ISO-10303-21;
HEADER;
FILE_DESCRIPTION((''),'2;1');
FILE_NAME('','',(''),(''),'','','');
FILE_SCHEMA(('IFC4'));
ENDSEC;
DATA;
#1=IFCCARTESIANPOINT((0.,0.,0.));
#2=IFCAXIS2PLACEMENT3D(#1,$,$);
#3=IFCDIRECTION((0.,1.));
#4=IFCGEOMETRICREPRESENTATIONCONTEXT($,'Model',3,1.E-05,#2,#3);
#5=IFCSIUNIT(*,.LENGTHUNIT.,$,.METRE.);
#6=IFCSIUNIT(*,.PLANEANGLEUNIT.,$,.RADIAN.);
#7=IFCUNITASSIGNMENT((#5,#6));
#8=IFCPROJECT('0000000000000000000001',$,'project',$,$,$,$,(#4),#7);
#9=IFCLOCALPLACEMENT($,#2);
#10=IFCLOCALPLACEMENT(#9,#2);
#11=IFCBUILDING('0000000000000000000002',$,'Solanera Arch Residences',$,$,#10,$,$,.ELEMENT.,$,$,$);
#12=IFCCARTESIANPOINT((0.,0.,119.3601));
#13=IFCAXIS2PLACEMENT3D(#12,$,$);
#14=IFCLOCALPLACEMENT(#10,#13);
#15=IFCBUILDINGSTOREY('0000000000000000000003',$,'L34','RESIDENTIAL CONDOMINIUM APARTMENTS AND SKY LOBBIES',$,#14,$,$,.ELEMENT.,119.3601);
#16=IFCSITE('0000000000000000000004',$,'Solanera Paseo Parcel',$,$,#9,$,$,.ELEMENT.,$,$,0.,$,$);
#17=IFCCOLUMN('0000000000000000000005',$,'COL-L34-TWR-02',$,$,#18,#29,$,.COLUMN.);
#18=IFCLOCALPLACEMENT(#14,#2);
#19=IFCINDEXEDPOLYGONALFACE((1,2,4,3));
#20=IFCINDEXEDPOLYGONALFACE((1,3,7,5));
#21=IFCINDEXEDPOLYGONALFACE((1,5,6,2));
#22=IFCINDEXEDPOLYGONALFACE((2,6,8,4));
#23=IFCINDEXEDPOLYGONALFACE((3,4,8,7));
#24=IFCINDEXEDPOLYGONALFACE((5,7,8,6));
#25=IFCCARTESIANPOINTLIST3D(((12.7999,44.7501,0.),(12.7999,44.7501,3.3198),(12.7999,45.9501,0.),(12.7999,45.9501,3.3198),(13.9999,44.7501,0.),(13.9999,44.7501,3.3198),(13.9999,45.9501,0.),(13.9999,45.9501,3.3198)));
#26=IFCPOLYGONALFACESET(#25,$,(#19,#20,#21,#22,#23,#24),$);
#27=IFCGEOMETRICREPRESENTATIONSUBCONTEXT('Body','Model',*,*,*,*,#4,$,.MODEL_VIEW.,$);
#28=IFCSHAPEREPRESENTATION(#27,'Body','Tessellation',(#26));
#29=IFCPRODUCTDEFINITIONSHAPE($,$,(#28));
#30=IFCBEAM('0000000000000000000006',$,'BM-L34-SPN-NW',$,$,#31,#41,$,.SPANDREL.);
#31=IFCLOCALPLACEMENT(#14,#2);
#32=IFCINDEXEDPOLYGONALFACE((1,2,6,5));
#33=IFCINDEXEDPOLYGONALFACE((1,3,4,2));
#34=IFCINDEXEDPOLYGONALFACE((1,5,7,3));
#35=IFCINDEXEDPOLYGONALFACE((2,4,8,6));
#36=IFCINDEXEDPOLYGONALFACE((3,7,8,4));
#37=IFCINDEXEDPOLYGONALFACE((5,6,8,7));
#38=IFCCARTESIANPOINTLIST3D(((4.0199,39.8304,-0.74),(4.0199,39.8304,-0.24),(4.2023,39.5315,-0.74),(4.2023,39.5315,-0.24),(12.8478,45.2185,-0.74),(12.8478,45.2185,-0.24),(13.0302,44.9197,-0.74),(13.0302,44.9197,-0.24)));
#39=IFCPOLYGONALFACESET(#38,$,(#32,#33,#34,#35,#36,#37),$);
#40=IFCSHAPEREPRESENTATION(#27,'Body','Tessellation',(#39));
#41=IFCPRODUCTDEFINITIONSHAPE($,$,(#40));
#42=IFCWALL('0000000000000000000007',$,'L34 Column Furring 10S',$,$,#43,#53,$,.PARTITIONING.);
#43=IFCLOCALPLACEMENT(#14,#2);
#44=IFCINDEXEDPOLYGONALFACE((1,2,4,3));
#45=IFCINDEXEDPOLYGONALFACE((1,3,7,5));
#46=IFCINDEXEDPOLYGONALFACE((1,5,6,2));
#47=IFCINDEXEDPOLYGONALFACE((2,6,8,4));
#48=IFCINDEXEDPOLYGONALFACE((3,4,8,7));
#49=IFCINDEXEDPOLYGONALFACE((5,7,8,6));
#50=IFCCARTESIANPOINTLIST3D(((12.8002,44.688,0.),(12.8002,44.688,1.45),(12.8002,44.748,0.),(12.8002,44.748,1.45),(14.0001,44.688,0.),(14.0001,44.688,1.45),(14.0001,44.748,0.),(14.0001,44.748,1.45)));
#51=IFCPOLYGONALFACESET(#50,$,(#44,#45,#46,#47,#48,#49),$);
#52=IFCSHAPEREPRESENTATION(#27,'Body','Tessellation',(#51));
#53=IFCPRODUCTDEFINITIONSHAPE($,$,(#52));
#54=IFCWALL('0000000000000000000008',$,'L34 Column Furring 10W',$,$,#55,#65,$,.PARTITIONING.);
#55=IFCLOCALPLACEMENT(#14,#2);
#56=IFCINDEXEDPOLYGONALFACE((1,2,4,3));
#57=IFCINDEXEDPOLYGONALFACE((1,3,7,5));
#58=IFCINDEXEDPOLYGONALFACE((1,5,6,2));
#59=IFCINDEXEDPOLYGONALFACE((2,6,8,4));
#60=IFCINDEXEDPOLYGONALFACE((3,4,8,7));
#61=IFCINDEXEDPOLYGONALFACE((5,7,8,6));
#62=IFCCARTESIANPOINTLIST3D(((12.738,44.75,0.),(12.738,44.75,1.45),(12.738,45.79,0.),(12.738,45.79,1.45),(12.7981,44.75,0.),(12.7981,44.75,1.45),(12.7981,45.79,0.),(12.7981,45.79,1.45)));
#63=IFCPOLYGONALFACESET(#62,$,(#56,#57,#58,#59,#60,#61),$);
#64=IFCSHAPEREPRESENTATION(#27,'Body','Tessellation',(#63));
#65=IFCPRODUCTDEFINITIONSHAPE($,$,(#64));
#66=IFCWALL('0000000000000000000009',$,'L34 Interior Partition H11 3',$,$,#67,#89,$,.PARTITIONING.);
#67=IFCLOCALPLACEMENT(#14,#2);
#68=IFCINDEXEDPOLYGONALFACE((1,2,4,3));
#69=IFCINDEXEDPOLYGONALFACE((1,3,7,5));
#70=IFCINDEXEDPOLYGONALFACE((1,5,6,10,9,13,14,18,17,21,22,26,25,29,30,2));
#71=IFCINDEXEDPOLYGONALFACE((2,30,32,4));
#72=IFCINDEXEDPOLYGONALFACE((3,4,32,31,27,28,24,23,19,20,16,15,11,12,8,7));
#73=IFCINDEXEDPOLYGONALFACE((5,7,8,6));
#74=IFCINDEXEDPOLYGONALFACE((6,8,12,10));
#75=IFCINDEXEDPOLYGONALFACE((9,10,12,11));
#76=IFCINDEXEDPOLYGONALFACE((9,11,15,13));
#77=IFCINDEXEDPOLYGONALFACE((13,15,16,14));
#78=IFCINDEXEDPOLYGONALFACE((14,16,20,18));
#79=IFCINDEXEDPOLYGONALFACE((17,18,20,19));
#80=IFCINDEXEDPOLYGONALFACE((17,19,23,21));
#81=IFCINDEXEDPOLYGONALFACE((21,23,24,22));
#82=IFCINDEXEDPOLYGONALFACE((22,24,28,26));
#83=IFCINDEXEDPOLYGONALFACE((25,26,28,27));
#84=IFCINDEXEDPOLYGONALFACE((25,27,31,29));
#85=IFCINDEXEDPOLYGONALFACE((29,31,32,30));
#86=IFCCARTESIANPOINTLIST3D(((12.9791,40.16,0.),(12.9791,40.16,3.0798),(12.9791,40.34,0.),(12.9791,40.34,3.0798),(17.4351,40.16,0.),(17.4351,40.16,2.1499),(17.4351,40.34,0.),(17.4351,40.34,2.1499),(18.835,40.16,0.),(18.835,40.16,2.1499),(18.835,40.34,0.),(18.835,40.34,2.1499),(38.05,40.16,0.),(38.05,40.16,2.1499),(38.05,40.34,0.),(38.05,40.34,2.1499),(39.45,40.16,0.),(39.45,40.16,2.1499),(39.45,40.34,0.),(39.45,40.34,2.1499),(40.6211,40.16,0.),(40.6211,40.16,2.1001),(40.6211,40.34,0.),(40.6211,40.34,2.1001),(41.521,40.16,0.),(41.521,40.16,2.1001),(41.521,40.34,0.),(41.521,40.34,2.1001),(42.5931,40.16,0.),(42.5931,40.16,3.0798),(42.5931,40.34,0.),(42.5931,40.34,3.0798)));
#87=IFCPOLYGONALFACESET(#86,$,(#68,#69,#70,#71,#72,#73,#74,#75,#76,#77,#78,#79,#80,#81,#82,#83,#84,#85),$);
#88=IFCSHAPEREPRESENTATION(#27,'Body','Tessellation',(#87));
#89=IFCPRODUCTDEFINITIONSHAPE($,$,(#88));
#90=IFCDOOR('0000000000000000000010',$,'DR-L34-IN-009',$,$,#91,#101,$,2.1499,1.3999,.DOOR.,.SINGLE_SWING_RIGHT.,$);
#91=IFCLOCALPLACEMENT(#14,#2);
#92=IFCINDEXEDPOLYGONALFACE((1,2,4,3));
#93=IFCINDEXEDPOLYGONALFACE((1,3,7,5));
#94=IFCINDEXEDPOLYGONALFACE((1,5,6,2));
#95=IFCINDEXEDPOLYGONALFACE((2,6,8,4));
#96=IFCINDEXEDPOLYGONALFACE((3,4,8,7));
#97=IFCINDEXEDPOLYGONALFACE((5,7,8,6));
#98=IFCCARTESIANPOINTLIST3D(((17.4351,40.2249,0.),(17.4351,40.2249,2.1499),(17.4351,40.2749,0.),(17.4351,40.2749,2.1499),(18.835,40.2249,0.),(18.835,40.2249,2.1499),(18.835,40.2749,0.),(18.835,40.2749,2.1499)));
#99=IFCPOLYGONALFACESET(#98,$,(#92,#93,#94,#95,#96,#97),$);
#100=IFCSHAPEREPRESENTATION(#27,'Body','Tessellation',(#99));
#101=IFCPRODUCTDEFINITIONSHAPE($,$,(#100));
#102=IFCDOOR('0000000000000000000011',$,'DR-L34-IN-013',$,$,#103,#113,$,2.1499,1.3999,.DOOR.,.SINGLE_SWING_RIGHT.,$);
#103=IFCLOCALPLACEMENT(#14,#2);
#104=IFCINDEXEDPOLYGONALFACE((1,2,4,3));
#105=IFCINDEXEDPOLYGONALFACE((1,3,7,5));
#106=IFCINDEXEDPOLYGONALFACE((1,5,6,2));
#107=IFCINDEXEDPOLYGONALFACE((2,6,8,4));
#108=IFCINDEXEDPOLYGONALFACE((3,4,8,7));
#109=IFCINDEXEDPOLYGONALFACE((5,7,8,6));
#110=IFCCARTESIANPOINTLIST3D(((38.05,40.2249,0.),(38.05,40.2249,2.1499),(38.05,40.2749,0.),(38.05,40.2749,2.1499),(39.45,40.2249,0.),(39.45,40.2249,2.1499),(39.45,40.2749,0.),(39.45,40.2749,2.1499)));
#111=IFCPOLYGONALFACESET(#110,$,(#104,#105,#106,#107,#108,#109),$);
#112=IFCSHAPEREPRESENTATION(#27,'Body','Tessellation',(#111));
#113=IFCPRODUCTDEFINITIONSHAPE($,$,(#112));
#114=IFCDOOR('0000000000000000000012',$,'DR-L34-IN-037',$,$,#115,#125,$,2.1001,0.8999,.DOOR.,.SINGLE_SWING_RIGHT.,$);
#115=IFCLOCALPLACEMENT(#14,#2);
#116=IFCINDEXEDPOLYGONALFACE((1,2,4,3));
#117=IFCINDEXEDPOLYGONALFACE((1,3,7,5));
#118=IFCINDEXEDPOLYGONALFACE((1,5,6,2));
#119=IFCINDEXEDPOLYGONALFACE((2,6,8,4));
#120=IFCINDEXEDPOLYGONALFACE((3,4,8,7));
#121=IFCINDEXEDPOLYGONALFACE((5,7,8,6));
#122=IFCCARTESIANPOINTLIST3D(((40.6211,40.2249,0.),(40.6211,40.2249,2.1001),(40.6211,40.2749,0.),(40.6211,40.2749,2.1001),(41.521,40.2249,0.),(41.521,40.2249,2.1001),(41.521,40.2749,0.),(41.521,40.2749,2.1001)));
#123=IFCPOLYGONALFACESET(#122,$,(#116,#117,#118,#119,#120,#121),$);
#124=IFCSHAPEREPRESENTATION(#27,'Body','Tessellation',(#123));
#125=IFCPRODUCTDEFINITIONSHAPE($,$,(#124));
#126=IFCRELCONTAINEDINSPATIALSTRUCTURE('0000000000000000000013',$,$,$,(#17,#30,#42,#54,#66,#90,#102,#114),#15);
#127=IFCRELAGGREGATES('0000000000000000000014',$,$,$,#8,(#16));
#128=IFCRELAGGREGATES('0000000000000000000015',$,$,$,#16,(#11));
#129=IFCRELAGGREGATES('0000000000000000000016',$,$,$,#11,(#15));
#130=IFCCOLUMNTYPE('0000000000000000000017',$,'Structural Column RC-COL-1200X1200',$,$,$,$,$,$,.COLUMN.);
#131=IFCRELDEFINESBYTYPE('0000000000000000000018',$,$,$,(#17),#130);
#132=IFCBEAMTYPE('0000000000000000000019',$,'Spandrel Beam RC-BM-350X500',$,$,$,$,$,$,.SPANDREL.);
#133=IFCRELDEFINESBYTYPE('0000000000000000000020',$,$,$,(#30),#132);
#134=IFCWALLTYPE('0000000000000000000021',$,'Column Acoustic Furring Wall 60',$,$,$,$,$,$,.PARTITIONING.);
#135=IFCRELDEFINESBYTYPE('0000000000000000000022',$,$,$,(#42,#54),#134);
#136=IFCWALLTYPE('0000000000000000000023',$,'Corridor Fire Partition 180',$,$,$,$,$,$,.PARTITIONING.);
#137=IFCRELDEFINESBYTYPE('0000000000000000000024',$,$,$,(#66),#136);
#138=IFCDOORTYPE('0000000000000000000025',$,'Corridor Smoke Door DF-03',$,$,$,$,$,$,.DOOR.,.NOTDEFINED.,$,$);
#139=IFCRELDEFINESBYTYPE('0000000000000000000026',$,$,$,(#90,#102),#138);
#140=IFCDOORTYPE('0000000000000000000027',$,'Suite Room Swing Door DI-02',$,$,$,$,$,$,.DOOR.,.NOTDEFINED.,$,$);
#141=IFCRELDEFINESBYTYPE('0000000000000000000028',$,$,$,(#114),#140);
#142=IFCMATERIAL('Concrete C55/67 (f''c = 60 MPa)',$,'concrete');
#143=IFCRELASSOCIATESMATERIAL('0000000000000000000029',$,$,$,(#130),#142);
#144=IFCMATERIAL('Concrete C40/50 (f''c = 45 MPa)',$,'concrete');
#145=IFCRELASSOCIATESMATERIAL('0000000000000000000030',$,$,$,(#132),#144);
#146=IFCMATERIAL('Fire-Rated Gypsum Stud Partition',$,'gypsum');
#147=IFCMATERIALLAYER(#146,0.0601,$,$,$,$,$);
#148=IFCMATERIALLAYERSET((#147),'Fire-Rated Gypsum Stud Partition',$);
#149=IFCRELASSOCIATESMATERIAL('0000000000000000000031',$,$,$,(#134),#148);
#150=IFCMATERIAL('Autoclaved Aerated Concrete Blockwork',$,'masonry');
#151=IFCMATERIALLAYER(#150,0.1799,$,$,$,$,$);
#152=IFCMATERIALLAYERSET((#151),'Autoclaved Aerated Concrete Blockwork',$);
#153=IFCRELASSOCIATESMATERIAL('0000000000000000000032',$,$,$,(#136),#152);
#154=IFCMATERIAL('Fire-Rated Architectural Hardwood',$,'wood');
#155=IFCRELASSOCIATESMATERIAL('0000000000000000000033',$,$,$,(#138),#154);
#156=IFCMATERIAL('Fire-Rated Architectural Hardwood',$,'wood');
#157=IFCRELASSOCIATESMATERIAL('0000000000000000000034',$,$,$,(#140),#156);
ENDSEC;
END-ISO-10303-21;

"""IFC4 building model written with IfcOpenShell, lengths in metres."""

from ifc_helpers import new_model, si_unit, direction, frame, frame_2d, origin, origin_2d, place, context, subcontext, project, spatial, rectangle, extrude, material, layer, layer_set, material_profile, profile_set, type_object, element, fill, save


model = new_model("IFC4")

# Units and contexts
model_context = context("Model", 3, precision=1e-05, world=origin(), true_north=direction((0.0, 1.0)))
body_context = subcontext(model_context, "Body", "Model", "MODEL_VIEW")
ifc_project = project(units=[si_unit("LENGTHUNIT", "METRE"), si_unit("PLANEANGLEUNIT", "RADIAN")], contexts=[model_context])

# Site, building, storey
site_placement = place(None, origin())
site = spatial("IfcSite", under=ifc_project, at=site_placement, Name="Solanera Paseo Parcel", CompositionType="ELEMENT", RefElevation=0.0)
building_placement = place(site_placement, origin())
building = spatial("IfcBuilding", under=site, at=building_placement, Name="Solanera Arch Residences", CompositionType="ELEMENT")
storey_placement = place(building_placement, frame((0.0, 0.0, 119.3601)))
storey = spatial("IfcBuildingStorey", under=building, at=storey_placement, Name="L34", Description="RESIDENTIAL CONDOMINIUM APARTMENTS AND SKY LOBBIES", CompositionType="ELEMENT", Elevation=119.3601)

# Column
ifc_material_1 = material(Name="Concrete C55/67 (f'c = 60 MPa)", Category="concrete")
ifc_material_profile_1 = material_profile(ifc_material_1, rectangle(XDim=1.2, YDim=1.2, at=origin_2d()))
ifc_profile_set_1 = profile_set([ifc_material_profile_1], Name="Concrete C55/67 (f'c = 60 MPa)")
column_type = type_object("IfcColumnType", Name="Structural Column RC-COL-1200X1200", PredefinedType="COLUMN", material=ifc_profile_set_1)
column_placement = place(storey_placement, frame((13.3999, 45.3501, 0.0), z_axis=(0.0, 0.0, 1.0), x_axis=(1.0, 0.0, 0.0)))
element("IfcColumn", 1, at=column_placement, inside=storey, type_object=column_type, Name="COL-L34-TWR-02", PredefinedType="COLUMN", context=body_context, shape_type="SweptSolid", body=[
    extrude(rectangle(XDim=1.2, YDim=1.2, at=origin_2d()), origin(), (0.0, 0.0, 1.0), 3.3198),
])

# Beam
ifc_material_2 = material(Name="Concrete C40/50 (f'c = 45 MPa)", Category="concrete")
ifc_material_profile_2 = material_profile(ifc_material_2, rectangle(XDim=0.3501, YDim=0.5, at=origin_2d()))
ifc_profile_set_2 = profile_set([ifc_material_profile_2], Name="Concrete C40/50 (f'c = 45 MPa)")
beam_type = type_object("IfcBeamType", Name="Spandrel Beam RC-BM-350X500", PredefinedType="SPANDREL", material=ifc_profile_set_2)
beam_placement = place(storey_placement, frame((12.939, 45.0691, -0.49), z_axis=(-0.853567, -0.520983, 0.0), x_axis=(0.520983, -0.853567, 0.0)))
element("IfcBeam", 2, at=beam_placement, inside=storey, type_object=beam_type, Name="BM-L34-SPN-NW", PredefinedType="SPANDREL", context=body_context, shape_type="SweptSolid", body=[
    extrude(rectangle(XDim=0.3501, YDim=0.5, at=origin_2d()), origin(), (0.0, 0.0, 1.0), 10.3423),
])

# Walls
ifc_material_3 = material(Name="Fire-Rated Gypsum Stud Partition", Category="gypsum")
ifc_layer_1 = layer(ifc_material_3, 0.0601)
ifc_layer_set_1 = layer_set([ifc_layer_1], Name="Fire-Rated Gypsum Stud Partition")
wall_type_1 = type_object("IfcWallType", Name="Column Acoustic Furring Wall 60", PredefinedType="PARTITIONING", material=ifc_layer_set_1)
wall_1_placement = place(storey_placement, frame((12.8, 44.718, 0.0), z_axis=(0.0, 0.0, 1.0), x_axis=(1.0, 0.0, 0.0)))
element("IfcWall", 3, at=wall_1_placement, inside=storey, type_object=wall_type_1, Name="L34 Column Furring 10S", PredefinedType="PARTITIONING", context=body_context, shape_type="SweptSolid", body=[
    extrude(rectangle(XDim=1.2, YDim=0.0601, at=frame_2d((0.6001, 0.0))), origin(), (0.0, 0.0, 1.0), 1.45),
])
wall_2_placement = place(storey_placement, frame((12.7681, 44.75, 0.0), z_axis=(0.0, 0.0, 1.0), x_axis=(0.0, 1.0, 0.0)))
element("IfcWall", 4, at=wall_2_placement, inside=storey, type_object=wall_type_1, Name="L34 Column Furring 10W", PredefinedType="PARTITIONING", context=body_context, shape_type="SweptSolid", body=[
    extrude(rectangle(XDim=1.04, YDim=0.0601, at=frame_2d((0.52, 0.0))), origin(), (0.0, 0.0, 1.0), 1.45),
])

# Wall, openings, doors
ifc_material_4 = material(Name="Autoclaved Aerated Concrete Blockwork", Category="masonry")
ifc_layer_2 = layer(ifc_material_4, 0.1799)
ifc_layer_set_2 = layer_set([ifc_layer_2], Name="Autoclaved Aerated Concrete Blockwork")
wall_type_2 = type_object("IfcWallType", Name="Corridor Fire Partition 180", PredefinedType="PARTITIONING", material=ifc_layer_set_2)
wall_3_placement = place(storey_placement, frame((12.979, 40.25, 0.0), z_axis=(0.0, 0.0, 1.0), x_axis=(1.0, 0.0, 0.0)))
wall_3 = element("IfcWall", 5, at=wall_3_placement, inside=storey, type_object=wall_type_2, Name="L34 Interior Partition H11 3", PredefinedType="PARTITIONING", context=body_context, shape_type="SweptSolid", body=[
    extrude(rectangle(XDim=29.614, YDim=0.1799, at=frame_2d((14.8071, 0.0))), origin(), (0.0, 0.0, 1.0), 3.0798),
])
opening_1_placement = place(wall_3_placement, frame((4.4561, 0.0, 0.0)))
opening_1 = element("IfcOpeningElement", 6, at=opening_1_placement, cuts=wall_3, PredefinedType="OPENING", context=body_context, shape_type="SweptSolid", body=[
    extrude(rectangle(XDim=1.3999, YDim=2.1499, at=frame_2d((0.7, 1.075))), frame((0.0, 0.1001, 0.0), z_axis=(0.0, -1.0, 0.0), x_axis=(1.0, 0.0, 0.0)), (0.0, 0.0, 1.0), 0.1999),
])
opening_2_placement = place(wall_3_placement, frame((25.071, 0.0, 0.0)))
opening_2 = element("IfcOpeningElement", 7, at=opening_2_placement, cuts=wall_3, PredefinedType="OPENING", context=body_context, shape_type="SweptSolid", body=[
    extrude(rectangle(XDim=1.3999, YDim=2.1499, at=frame_2d((0.7, 1.075))), frame((0.0, 0.1001, 0.0), z_axis=(0.0, -1.0, 0.0), x_axis=(1.0, 0.0, 0.0)), (0.0, 0.0, 1.0), 0.1999),
])
opening_3_placement = place(wall_3_placement, frame((27.6421, 0.0, 0.0)))
opening_3 = element("IfcOpeningElement", 8, at=opening_3_placement, cuts=wall_3, PredefinedType="OPENING", context=body_context, shape_type="SweptSolid", body=[
    extrude(rectangle(XDim=0.8999, YDim=2.1001, at=frame_2d((0.45, 1.05))), frame((0.0, 0.1001, 0.0), z_axis=(0.0, -1.0, 0.0), x_axis=(1.0, 0.0, 0.0)), (0.0, 0.0, 1.0), 0.1999),
])
ifc_material_5 = material(Name="Fire-Rated Architectural Hardwood", Category="wood")
door_type_1 = type_object("IfcDoorType", Name="Corridor Smoke Door DF-03", OperationType="NOTDEFINED", PredefinedType="DOOR", material=ifc_material_5)
door_1_placement = place(opening_1_placement, origin())
door_1 = element("IfcDoor", 9, at=door_1_placement, inside=storey, type_object=door_type_1, Name="DR-L34-IN-009", OperationType="SINGLE_SWING_RIGHT", OverallHeight=2.1499, OverallWidth=1.3999, PredefinedType="DOOR", context=body_context, shape_type="SweptSolid", body=[
    extrude(rectangle(XDim=1.3999, YDim=2.1499, at=frame_2d((0.7, 1.075))), frame((0.0, 0.0249, 0.0), z_axis=(0.0, -1.0, 0.0), x_axis=(1.0, 0.0, 0.0)), (0.0, 0.0, 1.0), 0.05),
])
fill(opening_1, door_1)
door_2_placement = place(opening_2_placement, origin())
door_2 = element("IfcDoor", 10, at=door_2_placement, inside=storey, type_object=door_type_1, Name="DR-L34-IN-013", OperationType="SINGLE_SWING_RIGHT", OverallHeight=2.1499, OverallWidth=1.3999, PredefinedType="DOOR", context=body_context, shape_type="SweptSolid", body=[
    extrude(rectangle(XDim=1.3999, YDim=2.1499, at=frame_2d((0.7, 1.075))), frame((0.0, 0.0249, 0.0), z_axis=(0.0, -1.0, 0.0), x_axis=(1.0, 0.0, 0.0)), (0.0, 0.0, 1.0), 0.05),
])
fill(opening_2, door_2)
ifc_material_6 = material(Name="Fire-Rated Architectural Hardwood", Category="wood")
door_type_2 = type_object("IfcDoorType", Name="Suite Room Swing Door DI-02", OperationType="NOTDEFINED", PredefinedType="DOOR", material=ifc_material_6)
door_3_placement = place(opening_3_placement, origin())
door_3 = element("IfcDoor", 11, at=door_3_placement, inside=storey, type_object=door_type_2, Name="DR-L34-IN-037", OperationType="SINGLE_SWING_RIGHT", OverallHeight=2.1001, OverallWidth=0.8999, PredefinedType="DOOR", context=body_context, shape_type="SweptSolid", body=[
    extrude(rectangle(XDim=0.8999, YDim=2.1001, at=frame_2d((0.45, 1.05))), frame((0.0, 0.0249, 0.0), z_axis=(0.0, -1.0, 0.0), x_axis=(1.0, 0.0, 0.0)), (0.0, 0.0, 1.0), 0.05),
])
fill(opening_3, door_3)

save(model, "model.ifc")
